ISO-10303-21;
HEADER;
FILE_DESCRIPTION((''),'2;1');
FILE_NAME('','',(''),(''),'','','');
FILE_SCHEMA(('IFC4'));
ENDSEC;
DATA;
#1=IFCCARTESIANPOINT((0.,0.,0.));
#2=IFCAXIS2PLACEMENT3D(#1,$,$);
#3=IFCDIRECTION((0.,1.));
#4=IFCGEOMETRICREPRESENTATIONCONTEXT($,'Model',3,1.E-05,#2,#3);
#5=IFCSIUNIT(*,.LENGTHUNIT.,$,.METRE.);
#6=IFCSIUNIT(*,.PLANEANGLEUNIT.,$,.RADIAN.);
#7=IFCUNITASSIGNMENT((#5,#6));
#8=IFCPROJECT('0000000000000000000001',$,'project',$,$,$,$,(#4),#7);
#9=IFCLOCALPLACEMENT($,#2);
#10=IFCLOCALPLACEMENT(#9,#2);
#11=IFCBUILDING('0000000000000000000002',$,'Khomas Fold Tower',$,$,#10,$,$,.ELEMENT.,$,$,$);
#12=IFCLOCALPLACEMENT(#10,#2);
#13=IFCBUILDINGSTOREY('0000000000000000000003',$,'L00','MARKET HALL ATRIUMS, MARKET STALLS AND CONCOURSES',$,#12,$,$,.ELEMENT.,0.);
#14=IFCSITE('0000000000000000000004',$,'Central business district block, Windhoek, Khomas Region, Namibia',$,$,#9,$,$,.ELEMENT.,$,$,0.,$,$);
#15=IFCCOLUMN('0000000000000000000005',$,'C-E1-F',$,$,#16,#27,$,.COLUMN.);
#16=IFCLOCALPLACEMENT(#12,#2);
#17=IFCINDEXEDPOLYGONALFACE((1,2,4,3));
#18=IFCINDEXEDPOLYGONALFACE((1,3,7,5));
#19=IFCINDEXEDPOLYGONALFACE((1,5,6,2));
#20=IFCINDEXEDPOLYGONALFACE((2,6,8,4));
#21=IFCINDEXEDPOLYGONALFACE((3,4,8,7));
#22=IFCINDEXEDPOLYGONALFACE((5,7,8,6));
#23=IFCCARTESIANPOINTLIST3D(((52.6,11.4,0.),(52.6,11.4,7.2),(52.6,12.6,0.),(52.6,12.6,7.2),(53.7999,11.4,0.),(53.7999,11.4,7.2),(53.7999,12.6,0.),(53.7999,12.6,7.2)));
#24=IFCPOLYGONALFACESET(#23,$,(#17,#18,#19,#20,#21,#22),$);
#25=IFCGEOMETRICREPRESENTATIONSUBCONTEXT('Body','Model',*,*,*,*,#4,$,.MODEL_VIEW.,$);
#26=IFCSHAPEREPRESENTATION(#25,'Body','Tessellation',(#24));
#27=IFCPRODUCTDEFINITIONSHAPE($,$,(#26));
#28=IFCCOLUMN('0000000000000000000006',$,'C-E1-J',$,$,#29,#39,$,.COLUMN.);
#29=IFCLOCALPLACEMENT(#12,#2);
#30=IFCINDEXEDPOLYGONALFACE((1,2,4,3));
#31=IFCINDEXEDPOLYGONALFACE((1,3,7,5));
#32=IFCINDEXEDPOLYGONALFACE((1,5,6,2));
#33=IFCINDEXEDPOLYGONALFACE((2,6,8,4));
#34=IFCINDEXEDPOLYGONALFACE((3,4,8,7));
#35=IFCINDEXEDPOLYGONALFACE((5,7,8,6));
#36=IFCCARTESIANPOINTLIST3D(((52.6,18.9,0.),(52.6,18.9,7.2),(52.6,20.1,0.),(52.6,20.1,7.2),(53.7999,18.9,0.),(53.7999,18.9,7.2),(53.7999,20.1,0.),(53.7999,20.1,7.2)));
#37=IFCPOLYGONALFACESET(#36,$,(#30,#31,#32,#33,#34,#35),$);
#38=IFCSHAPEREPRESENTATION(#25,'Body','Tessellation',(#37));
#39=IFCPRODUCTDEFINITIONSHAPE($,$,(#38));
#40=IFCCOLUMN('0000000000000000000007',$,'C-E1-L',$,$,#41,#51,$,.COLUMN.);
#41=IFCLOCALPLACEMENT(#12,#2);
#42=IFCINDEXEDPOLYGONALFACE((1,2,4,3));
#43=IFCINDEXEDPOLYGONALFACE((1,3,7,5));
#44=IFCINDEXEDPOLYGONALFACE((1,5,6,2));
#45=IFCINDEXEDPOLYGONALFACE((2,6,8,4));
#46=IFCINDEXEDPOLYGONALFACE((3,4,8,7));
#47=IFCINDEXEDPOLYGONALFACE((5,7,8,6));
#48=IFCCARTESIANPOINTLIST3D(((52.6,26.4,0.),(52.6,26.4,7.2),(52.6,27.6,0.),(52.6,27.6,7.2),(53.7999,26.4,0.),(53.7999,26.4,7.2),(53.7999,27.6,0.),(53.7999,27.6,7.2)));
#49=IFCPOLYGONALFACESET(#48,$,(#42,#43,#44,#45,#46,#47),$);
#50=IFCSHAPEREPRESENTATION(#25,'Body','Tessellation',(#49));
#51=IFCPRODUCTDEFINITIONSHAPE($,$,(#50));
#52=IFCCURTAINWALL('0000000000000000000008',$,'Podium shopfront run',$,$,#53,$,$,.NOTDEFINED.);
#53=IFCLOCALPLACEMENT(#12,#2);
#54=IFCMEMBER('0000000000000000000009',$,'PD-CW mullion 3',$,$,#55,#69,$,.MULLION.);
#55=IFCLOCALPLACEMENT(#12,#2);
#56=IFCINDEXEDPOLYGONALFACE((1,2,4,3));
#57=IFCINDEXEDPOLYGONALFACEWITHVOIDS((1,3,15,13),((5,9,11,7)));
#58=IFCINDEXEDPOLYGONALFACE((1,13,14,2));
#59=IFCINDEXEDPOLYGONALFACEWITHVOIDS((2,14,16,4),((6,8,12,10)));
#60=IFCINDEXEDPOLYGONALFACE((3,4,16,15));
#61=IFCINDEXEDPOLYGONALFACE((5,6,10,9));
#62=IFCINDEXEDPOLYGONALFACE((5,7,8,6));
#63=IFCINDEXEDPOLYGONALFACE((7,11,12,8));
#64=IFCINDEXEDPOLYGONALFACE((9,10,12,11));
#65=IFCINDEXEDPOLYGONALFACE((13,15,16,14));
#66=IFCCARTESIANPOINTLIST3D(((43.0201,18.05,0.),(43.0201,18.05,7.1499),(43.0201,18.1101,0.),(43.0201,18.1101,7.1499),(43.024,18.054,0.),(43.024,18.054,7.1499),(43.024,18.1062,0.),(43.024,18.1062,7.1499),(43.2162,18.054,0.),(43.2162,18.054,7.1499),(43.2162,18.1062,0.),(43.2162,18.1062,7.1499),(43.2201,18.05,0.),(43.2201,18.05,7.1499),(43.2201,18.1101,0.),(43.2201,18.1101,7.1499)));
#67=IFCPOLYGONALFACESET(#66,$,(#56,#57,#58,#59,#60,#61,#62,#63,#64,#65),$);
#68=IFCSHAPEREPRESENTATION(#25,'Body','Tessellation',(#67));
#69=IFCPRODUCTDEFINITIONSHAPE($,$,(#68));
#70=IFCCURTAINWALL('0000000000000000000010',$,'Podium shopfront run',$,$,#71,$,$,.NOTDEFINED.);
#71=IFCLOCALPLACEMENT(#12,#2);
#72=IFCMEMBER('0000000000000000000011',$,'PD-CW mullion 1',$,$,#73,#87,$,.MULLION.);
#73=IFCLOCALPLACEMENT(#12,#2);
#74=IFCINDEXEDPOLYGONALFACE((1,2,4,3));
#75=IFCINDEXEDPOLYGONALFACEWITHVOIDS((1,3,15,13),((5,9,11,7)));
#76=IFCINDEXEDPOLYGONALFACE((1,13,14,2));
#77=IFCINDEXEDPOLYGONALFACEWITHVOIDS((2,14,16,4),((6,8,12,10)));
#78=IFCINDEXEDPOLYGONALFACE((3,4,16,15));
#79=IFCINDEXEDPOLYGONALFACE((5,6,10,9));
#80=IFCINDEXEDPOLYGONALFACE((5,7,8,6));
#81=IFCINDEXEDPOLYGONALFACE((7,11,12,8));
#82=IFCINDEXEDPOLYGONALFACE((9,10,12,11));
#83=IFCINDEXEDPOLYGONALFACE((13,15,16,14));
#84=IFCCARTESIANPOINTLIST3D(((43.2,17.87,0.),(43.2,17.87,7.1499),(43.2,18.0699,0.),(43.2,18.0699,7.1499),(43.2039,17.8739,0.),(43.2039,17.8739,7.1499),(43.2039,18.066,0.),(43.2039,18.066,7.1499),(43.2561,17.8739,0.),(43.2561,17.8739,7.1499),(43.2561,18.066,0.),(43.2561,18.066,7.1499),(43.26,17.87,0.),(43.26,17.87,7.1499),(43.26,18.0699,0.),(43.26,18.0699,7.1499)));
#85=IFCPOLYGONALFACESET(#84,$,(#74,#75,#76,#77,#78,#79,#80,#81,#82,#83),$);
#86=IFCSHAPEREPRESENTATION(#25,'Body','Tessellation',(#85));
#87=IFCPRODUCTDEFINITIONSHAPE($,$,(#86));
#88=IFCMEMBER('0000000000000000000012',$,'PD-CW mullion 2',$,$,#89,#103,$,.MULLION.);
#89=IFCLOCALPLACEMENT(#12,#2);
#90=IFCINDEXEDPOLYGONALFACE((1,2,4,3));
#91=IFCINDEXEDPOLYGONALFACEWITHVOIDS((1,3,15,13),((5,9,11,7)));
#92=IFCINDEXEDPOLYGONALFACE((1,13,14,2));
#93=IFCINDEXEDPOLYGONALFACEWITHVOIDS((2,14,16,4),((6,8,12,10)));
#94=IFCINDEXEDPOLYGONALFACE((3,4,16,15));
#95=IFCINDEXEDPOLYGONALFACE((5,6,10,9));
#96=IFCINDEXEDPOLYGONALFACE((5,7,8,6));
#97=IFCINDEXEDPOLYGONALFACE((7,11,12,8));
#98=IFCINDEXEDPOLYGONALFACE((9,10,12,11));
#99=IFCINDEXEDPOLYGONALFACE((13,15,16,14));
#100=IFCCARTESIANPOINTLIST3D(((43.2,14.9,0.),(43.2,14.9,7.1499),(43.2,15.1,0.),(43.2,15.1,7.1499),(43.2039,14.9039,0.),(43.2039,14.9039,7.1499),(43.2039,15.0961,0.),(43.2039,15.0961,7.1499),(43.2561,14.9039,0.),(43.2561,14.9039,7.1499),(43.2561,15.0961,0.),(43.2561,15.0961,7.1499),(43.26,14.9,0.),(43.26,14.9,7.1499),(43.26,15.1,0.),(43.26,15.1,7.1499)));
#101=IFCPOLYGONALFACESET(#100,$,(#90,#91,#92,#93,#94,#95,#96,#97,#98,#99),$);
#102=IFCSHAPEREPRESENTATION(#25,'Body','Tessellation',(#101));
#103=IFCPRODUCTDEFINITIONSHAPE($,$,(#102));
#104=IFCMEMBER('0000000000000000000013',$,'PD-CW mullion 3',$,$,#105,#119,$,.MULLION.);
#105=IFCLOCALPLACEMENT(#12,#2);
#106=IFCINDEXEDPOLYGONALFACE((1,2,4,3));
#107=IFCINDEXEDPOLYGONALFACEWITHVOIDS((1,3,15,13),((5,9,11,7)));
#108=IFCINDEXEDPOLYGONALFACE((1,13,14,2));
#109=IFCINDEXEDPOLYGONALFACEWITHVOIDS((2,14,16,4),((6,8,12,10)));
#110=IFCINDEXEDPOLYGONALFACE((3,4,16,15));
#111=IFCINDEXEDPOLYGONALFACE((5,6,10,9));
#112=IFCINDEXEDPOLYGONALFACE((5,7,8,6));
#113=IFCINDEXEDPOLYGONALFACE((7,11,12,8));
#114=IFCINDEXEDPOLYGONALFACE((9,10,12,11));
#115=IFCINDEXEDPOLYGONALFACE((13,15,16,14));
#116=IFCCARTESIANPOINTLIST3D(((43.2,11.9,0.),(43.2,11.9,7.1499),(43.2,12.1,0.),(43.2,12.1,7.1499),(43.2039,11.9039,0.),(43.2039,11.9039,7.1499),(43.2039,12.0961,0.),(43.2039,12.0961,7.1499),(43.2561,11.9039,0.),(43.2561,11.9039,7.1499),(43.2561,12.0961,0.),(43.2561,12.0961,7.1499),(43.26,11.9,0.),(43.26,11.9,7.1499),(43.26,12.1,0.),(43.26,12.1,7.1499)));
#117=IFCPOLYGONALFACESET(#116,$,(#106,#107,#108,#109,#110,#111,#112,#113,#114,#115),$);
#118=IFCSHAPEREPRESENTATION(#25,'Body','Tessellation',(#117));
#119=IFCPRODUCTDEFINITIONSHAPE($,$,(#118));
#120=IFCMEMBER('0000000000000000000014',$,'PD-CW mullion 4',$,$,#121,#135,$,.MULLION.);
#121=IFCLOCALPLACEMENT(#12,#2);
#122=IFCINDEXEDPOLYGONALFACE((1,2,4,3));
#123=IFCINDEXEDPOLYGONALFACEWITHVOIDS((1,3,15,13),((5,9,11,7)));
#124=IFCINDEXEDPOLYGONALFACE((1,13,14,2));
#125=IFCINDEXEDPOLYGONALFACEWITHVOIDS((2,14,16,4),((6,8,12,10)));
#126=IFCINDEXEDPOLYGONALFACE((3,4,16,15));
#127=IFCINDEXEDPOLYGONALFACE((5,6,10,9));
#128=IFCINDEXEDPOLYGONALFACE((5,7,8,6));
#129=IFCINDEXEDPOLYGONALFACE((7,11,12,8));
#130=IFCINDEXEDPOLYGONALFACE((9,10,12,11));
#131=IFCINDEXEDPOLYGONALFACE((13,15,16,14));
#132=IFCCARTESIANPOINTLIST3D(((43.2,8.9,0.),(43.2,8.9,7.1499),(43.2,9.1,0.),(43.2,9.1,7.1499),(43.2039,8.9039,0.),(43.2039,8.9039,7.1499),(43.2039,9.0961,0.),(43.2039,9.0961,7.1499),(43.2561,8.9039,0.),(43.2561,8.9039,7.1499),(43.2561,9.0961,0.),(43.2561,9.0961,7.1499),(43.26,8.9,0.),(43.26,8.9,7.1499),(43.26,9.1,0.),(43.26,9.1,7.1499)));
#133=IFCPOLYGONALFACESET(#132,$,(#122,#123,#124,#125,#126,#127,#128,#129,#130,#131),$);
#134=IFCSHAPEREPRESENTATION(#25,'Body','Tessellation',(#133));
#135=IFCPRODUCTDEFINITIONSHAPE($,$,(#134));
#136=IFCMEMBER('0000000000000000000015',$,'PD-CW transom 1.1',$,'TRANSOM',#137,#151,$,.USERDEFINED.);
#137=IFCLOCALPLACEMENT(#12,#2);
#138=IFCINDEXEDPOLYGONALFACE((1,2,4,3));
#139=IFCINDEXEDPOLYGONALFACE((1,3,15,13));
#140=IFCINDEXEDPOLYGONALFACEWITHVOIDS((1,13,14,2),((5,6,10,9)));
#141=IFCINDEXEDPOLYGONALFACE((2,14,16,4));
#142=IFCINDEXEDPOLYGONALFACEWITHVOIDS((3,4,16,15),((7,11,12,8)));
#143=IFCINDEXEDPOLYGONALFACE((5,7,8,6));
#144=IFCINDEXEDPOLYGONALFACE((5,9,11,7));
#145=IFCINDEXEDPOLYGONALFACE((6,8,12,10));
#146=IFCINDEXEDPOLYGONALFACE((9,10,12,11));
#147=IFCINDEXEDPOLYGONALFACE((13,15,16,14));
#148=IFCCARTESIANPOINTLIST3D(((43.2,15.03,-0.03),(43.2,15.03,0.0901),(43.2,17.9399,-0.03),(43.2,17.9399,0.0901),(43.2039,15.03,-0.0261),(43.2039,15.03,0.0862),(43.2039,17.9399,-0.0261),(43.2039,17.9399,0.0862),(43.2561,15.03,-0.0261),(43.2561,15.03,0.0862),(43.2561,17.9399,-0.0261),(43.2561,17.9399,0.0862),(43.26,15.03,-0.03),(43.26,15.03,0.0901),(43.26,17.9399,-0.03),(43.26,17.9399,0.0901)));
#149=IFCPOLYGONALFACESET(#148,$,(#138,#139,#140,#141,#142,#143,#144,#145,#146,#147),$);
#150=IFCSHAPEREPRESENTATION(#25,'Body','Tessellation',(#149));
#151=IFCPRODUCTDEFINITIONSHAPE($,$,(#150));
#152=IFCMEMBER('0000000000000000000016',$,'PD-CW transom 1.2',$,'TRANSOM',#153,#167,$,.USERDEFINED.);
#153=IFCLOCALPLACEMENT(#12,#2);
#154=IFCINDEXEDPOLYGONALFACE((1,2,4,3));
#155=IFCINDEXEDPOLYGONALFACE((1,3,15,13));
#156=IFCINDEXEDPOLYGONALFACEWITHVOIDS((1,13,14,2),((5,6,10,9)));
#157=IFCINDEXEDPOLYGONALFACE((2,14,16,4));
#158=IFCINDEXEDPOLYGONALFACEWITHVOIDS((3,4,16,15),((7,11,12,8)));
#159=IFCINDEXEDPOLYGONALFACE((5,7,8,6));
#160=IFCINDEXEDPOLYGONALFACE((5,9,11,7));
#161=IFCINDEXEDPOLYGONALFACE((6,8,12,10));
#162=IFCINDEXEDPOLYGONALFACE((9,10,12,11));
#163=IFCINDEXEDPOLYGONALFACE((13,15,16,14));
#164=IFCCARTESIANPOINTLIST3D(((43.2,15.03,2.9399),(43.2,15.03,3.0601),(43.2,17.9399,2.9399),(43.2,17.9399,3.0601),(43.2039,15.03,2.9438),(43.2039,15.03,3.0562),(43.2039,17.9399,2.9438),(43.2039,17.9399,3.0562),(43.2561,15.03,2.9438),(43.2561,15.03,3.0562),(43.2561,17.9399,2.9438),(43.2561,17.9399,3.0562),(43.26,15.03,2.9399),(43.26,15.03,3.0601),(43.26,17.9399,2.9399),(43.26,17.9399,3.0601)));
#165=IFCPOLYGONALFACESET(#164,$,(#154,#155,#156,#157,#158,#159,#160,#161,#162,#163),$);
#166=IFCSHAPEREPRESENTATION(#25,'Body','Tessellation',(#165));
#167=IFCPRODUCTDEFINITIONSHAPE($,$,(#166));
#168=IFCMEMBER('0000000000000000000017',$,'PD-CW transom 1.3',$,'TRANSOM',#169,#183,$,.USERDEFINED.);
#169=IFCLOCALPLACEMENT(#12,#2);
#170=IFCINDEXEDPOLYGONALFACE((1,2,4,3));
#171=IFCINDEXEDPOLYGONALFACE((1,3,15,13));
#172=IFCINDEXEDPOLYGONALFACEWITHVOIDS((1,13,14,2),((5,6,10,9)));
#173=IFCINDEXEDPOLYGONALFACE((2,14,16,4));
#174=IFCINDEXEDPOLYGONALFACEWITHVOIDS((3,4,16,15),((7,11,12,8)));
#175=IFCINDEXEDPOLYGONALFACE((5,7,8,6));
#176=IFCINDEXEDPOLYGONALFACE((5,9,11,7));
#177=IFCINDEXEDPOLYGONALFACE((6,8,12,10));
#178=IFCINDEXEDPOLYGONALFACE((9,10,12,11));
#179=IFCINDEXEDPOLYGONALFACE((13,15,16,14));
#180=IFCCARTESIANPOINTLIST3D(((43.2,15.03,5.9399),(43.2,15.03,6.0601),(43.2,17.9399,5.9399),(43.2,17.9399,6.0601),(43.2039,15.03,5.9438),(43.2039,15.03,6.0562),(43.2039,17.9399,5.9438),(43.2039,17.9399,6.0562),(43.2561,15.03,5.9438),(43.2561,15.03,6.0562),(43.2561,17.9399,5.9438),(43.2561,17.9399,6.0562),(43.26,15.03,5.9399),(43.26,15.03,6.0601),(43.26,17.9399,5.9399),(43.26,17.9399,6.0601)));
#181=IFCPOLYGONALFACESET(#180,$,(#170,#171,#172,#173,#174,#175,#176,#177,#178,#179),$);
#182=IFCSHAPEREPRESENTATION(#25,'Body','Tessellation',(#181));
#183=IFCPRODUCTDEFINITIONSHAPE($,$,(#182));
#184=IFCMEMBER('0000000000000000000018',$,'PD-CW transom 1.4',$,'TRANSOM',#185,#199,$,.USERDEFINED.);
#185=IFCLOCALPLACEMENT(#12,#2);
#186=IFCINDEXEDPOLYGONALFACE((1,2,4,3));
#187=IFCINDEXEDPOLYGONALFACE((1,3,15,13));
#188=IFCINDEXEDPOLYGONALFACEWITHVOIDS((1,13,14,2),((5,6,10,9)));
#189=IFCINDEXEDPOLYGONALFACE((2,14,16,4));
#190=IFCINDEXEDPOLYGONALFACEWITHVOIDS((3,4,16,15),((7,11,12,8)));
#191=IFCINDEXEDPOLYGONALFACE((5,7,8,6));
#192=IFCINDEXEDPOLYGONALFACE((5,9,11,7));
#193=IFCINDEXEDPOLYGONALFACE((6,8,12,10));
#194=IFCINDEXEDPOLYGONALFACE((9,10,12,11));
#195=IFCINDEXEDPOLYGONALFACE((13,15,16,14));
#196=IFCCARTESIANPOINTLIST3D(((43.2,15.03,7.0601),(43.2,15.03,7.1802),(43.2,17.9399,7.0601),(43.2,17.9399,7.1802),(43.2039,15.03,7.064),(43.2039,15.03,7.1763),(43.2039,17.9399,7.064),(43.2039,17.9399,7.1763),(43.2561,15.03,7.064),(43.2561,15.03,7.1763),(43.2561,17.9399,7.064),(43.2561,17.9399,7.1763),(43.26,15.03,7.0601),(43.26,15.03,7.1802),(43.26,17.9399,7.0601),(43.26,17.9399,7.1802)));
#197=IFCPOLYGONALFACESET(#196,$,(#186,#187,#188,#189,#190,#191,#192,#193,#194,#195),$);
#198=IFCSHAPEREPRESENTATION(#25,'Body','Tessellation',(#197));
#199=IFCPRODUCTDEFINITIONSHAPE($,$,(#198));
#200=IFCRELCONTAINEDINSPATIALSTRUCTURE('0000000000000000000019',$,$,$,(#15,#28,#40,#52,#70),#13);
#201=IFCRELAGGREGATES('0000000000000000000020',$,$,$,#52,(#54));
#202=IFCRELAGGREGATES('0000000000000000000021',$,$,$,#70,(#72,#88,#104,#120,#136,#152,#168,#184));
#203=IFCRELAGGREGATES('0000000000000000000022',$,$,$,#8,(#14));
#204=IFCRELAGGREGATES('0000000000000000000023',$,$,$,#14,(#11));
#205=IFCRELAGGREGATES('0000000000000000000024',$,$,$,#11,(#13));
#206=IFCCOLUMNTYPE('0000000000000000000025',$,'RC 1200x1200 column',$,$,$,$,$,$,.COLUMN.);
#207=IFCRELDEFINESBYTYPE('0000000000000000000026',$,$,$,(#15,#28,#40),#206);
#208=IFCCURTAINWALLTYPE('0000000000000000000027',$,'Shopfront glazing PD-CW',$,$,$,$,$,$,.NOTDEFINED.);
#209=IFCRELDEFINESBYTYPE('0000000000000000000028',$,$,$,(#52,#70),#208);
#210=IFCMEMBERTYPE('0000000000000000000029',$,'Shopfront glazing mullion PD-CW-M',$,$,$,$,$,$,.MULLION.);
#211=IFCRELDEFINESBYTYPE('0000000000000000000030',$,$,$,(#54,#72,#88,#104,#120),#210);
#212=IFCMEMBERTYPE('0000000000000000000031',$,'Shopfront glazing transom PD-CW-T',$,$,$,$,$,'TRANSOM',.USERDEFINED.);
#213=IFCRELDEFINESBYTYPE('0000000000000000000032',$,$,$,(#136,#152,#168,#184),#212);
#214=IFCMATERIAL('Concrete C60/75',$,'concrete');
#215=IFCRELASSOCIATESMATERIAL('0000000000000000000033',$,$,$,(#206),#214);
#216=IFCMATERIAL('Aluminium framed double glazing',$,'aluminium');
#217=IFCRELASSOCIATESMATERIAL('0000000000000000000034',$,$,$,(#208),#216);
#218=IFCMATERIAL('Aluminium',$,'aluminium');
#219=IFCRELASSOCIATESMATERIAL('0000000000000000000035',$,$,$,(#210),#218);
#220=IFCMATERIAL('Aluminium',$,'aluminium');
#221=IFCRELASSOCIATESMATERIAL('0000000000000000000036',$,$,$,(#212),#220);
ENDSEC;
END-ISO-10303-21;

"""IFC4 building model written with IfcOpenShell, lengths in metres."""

from ifc_helpers import new_model, si_unit, direction, frame, origin, origin_2d, place, context, subcontext, project, spatial, rectangle, hollow_rectangle, extrude, source, transform, mapped, material, material_profile, profile_set, type_object, element, aggregate, save


model = new_model("IFC4")

# Units and contexts
model_context = context("Model", 3, precision=1e-05, world=origin(), true_north=direction((0.0, 1.0)))
body_context = subcontext(model_context, "Body", "Model", "MODEL_VIEW")
ifc_project = project(units=[si_unit("LENGTHUNIT", "METRE"), si_unit("PLANEANGLEUNIT", "RADIAN")], contexts=[model_context])

# Site, building, storey
site_placement = place(None, origin())
site = spatial("IfcSite", under=ifc_project, at=site_placement, Name="Central business district block, Windhoek, Khomas Region, Namibia", CompositionType="ELEMENT", RefElevation=0.0)
building_placement = place(site_placement, origin())
building = spatial("IfcBuilding", under=site, at=building_placement, Name="Khomas Fold Tower", CompositionType="ELEMENT")
storey_placement = place(building_placement, origin())
storey = spatial("IfcBuildingStorey", under=building, at=storey_placement, Name="L00", Description="MARKET HALL ATRIUMS, MARKET STALLS AND CONCOURSES", CompositionType="ELEMENT", Elevation=0.0)

# Columns
ifc_material_1 = material(Name="Concrete C60/75", Category="concrete")
ifc_material_profile_1 = material_profile(ifc_material_1, rectangle(XDim=1.2, YDim=1.2, at=origin_2d()), Name="RC 1200x1200")
ifc_profile_set_1 = profile_set([ifc_material_profile_1], Name="Concrete C60/75")
column_type = type_object("IfcColumnType", Name="RC 1200x1200 column", PredefinedType="COLUMN", material=ifc_profile_set_1)
shared_shape_1 = source(origin(), body_context, "Body", "SweptSolid", [
    extrude(rectangle(XDim=1.2, YDim=1.2, at=origin_2d()), origin(), (0.0, 0.0, 1.0), 7.2),
])
for number, where, z_axis, x_axis, name in (
    (1, (53.2, 12.0, 0.0), (0.0, 0.0, 1.0), (1.0, 0.0, 0.0), "C-E1-F"),
    (2, (53.2, 19.5, 0.0), (0.0, 0.0, 1.0), (1.0, 0.0, 0.0), "C-E1-J"),
    (3, (53.2, 27.0, 0.0), (0.0, 0.0, 1.0), (1.0, 0.0, 0.0), "C-E1-L"),
):
    element("IfcColumn", number, at=place(storey_placement, frame(where, z_axis=z_axis, x_axis=x_axis)), inside=storey, type_object=column_type, Name=name, PredefinedType="COLUMN", context=body_context, shape_type="MappedRepresentation", body=[
        mapped(shared_shape_1, transform((0.0, 0.0, 0.0))),
    ])

# Curtain wall, member
ifc_material_2 = material(Name="Aluminium framed double glazing", Category="aluminium")
curtain_wall_type = type_object("IfcCurtainWallType", Name="Shopfront glazing PD-CW", PredefinedType="NOTDEFINED", material=ifc_material_2)
curtain_wall_1_placement = place(storey_placement, origin())
curtain_wall_1 = element("IfcCurtainWall", 4, at=curtain_wall_1_placement, inside=storey, type_object=curtain_wall_type, Name="Podium shopfront run", PredefinedType="NOTDEFINED")
ifc_material_3 = material(Name="Aluminium", Category="aluminium")
ifc_material_profile_2 = material_profile(ifc_material_3, hollow_rectangle(XDim=0.0601, YDim=0.2, WallThickness=0.0039, at=origin_2d()), Name="Shopfront glazing mullion PD-CW-M")
ifc_profile_set_2 = profile_set([ifc_material_profile_2], Name="Aluminium")
member_type_1 = type_object("IfcMemberType", Name="Shopfront glazing mullion PD-CW-M", PredefinedType="MULLION", material=ifc_profile_set_2)
shared_shape_2 = source(origin(), body_context, "Body", "SweptSolid", [
    extrude(hollow_rectangle(XDim=0.0601, YDim=0.2, WallThickness=0.0039, at=origin_2d()), origin(), (0.0, 0.0, 1.0), 7.1499),
])
member_1_placement = place(storey_placement, frame((43.1201, 18.0801, 0.0), z_axis=(0.0, 0.0, 1.0), x_axis=(0.0, 1.0, 0.0)))
member_1 = element("IfcMember", 5, at=member_1_placement, type_object=member_type_1, Name="PD-CW mullion 3", PredefinedType="MULLION", context=body_context, shape_type="MappedRepresentation", body=[
    mapped(shared_shape_2, transform((0.0, 0.0, 0.0))),
])

# Curtain wall, members
curtain_wall_2_placement = place(storey_placement, origin())
curtain_wall_2 = element("IfcCurtainWall", 6, at=curtain_wall_2_placement, inside=storey, type_object=curtain_wall_type, Name="Podium shopfront run", PredefinedType="NOTDEFINED")
member_2_placement = place(storey_placement, frame((43.23, 17.97, 0.0), z_axis=(0.0, 0.0, 1.0), x_axis=(1.0, 0.0, 0.0)))
member_2 = element("IfcMember", 7, at=member_2_placement, type_object=member_type_1, Name="PD-CW mullion 1", PredefinedType="MULLION", context=body_context, shape_type="MappedRepresentation", body=[
    mapped(shared_shape_2, transform((0.0, 0.0, 0.0))),
])
member_3_placement = place(storey_placement, frame((43.23, 15.0, 0.0), z_axis=(0.0, 0.0, 1.0), x_axis=(1.0, 0.0, 0.0)))
member_3 = element("IfcMember", 8, at=member_3_placement, type_object=member_type_1, Name="PD-CW mullion 2", PredefinedType="MULLION", context=body_context, shape_type="MappedRepresentation", body=[
    mapped(shared_shape_2, transform((0.0, 0.0, 0.0))),
])
member_4_placement = place(storey_placement, frame((43.23, 12.0, 0.0), z_axis=(0.0, 0.0, 1.0), x_axis=(1.0, 0.0, 0.0)))
member_4 = element("IfcMember", 9, at=member_4_placement, type_object=member_type_1, Name="PD-CW mullion 3", PredefinedType="MULLION", context=body_context, shape_type="MappedRepresentation", body=[
    mapped(shared_shape_2, transform((0.0, 0.0, 0.0))),
])
member_5_placement = place(storey_placement, frame((43.23, 9.0, 0.0), z_axis=(0.0, 0.0, 1.0), x_axis=(1.0, 0.0, 0.0)))
member_5 = element("IfcMember", 10, at=member_5_placement, type_object=member_type_1, Name="PD-CW mullion 4", PredefinedType="MULLION", context=body_context, shape_type="MappedRepresentation", body=[
    mapped(shared_shape_2, transform((0.0, 0.0, 0.0))),
])
ifc_material_4 = material(Name="Aluminium", Category="aluminium")
ifc_material_profile_3 = material_profile(ifc_material_4, hollow_rectangle(XDim=0.0601, YDim=0.1201, WallThickness=0.0039, at=origin_2d()), Name="Shopfront glazing transom PD-CW-T")
ifc_profile_set_3 = profile_set([ifc_material_profile_3], Name="Aluminium")
member_type_2 = type_object("IfcMemberType", Name="Shopfront glazing transom PD-CW-T", ElementType="TRANSOM", PredefinedType="USERDEFINED", material=ifc_profile_set_3)
shared_shape_3 = source(origin(), body_context, "Body", "SweptSolid", [
    extrude(hollow_rectangle(XDim=0.0601, YDim=0.1201, WallThickness=0.0039, at=origin_2d()), origin(), (0.0, 0.0, 1.0), 2.9099),
])
member_6_placement = place(storey_placement, frame((43.23, 17.9399, 0.03), z_axis=(0.0, -1.0, 0.0), x_axis=(1.0, 0.0, 0.0)))
member_6 = element("IfcMember", 11, at=member_6_placement, type_object=member_type_2, Name="PD-CW transom 1.1", ObjectType="TRANSOM", PredefinedType="USERDEFINED", context=body_context, shape_type="MappedRepresentation", body=[
    mapped(shared_shape_3, transform((0.0, 0.0, 0.0))),
])
member_7_placement = place(storey_placement, frame((43.23, 17.9399, 3.0), z_axis=(0.0, -1.0, 0.0), x_axis=(1.0, 0.0, 0.0)))
member_7 = element("IfcMember", 12, at=member_7_placement, type_object=member_type_2, Name="PD-CW transom 1.2", ObjectType="TRANSOM", PredefinedType="USERDEFINED", context=body_context, shape_type="MappedRepresentation", body=[
    mapped(shared_shape_3, transform((0.0, 0.0, 0.0))),
])
member_8_placement = place(storey_placement, frame((43.23, 17.9399, 6.0), z_axis=(0.0, -1.0, 0.0), x_axis=(1.0, 0.0, 0.0)))
member_8 = element("IfcMember", 13, at=member_8_placement, type_object=member_type_2, Name="PD-CW transom 1.3", ObjectType="TRANSOM", PredefinedType="USERDEFINED", context=body_context, shape_type="MappedRepresentation", body=[
    mapped(shared_shape_3, transform((0.0, 0.0, 0.0))),
])
member_9_placement = place(storey_placement, frame((43.23, 17.9399, 7.1201), z_axis=(0.0, -1.0, 0.0), x_axis=(1.0, 0.0, 0.0)))
member_9 = element("IfcMember", 14, at=member_9_placement, type_object=member_type_2, Name="PD-CW transom 1.4", ObjectType="TRANSOM", PredefinedType="USERDEFINED", context=body_context, shape_type="MappedRepresentation", body=[
    mapped(shared_shape_3, transform((0.0, 0.0, 0.0))),
])

aggregate(curtain_wall_1, [member_1])
aggregate(curtain_wall_2, [member_2, member_3, member_4, member_5, member_6, member_7, member_8, member_9])

save(model, "model.ifc")
